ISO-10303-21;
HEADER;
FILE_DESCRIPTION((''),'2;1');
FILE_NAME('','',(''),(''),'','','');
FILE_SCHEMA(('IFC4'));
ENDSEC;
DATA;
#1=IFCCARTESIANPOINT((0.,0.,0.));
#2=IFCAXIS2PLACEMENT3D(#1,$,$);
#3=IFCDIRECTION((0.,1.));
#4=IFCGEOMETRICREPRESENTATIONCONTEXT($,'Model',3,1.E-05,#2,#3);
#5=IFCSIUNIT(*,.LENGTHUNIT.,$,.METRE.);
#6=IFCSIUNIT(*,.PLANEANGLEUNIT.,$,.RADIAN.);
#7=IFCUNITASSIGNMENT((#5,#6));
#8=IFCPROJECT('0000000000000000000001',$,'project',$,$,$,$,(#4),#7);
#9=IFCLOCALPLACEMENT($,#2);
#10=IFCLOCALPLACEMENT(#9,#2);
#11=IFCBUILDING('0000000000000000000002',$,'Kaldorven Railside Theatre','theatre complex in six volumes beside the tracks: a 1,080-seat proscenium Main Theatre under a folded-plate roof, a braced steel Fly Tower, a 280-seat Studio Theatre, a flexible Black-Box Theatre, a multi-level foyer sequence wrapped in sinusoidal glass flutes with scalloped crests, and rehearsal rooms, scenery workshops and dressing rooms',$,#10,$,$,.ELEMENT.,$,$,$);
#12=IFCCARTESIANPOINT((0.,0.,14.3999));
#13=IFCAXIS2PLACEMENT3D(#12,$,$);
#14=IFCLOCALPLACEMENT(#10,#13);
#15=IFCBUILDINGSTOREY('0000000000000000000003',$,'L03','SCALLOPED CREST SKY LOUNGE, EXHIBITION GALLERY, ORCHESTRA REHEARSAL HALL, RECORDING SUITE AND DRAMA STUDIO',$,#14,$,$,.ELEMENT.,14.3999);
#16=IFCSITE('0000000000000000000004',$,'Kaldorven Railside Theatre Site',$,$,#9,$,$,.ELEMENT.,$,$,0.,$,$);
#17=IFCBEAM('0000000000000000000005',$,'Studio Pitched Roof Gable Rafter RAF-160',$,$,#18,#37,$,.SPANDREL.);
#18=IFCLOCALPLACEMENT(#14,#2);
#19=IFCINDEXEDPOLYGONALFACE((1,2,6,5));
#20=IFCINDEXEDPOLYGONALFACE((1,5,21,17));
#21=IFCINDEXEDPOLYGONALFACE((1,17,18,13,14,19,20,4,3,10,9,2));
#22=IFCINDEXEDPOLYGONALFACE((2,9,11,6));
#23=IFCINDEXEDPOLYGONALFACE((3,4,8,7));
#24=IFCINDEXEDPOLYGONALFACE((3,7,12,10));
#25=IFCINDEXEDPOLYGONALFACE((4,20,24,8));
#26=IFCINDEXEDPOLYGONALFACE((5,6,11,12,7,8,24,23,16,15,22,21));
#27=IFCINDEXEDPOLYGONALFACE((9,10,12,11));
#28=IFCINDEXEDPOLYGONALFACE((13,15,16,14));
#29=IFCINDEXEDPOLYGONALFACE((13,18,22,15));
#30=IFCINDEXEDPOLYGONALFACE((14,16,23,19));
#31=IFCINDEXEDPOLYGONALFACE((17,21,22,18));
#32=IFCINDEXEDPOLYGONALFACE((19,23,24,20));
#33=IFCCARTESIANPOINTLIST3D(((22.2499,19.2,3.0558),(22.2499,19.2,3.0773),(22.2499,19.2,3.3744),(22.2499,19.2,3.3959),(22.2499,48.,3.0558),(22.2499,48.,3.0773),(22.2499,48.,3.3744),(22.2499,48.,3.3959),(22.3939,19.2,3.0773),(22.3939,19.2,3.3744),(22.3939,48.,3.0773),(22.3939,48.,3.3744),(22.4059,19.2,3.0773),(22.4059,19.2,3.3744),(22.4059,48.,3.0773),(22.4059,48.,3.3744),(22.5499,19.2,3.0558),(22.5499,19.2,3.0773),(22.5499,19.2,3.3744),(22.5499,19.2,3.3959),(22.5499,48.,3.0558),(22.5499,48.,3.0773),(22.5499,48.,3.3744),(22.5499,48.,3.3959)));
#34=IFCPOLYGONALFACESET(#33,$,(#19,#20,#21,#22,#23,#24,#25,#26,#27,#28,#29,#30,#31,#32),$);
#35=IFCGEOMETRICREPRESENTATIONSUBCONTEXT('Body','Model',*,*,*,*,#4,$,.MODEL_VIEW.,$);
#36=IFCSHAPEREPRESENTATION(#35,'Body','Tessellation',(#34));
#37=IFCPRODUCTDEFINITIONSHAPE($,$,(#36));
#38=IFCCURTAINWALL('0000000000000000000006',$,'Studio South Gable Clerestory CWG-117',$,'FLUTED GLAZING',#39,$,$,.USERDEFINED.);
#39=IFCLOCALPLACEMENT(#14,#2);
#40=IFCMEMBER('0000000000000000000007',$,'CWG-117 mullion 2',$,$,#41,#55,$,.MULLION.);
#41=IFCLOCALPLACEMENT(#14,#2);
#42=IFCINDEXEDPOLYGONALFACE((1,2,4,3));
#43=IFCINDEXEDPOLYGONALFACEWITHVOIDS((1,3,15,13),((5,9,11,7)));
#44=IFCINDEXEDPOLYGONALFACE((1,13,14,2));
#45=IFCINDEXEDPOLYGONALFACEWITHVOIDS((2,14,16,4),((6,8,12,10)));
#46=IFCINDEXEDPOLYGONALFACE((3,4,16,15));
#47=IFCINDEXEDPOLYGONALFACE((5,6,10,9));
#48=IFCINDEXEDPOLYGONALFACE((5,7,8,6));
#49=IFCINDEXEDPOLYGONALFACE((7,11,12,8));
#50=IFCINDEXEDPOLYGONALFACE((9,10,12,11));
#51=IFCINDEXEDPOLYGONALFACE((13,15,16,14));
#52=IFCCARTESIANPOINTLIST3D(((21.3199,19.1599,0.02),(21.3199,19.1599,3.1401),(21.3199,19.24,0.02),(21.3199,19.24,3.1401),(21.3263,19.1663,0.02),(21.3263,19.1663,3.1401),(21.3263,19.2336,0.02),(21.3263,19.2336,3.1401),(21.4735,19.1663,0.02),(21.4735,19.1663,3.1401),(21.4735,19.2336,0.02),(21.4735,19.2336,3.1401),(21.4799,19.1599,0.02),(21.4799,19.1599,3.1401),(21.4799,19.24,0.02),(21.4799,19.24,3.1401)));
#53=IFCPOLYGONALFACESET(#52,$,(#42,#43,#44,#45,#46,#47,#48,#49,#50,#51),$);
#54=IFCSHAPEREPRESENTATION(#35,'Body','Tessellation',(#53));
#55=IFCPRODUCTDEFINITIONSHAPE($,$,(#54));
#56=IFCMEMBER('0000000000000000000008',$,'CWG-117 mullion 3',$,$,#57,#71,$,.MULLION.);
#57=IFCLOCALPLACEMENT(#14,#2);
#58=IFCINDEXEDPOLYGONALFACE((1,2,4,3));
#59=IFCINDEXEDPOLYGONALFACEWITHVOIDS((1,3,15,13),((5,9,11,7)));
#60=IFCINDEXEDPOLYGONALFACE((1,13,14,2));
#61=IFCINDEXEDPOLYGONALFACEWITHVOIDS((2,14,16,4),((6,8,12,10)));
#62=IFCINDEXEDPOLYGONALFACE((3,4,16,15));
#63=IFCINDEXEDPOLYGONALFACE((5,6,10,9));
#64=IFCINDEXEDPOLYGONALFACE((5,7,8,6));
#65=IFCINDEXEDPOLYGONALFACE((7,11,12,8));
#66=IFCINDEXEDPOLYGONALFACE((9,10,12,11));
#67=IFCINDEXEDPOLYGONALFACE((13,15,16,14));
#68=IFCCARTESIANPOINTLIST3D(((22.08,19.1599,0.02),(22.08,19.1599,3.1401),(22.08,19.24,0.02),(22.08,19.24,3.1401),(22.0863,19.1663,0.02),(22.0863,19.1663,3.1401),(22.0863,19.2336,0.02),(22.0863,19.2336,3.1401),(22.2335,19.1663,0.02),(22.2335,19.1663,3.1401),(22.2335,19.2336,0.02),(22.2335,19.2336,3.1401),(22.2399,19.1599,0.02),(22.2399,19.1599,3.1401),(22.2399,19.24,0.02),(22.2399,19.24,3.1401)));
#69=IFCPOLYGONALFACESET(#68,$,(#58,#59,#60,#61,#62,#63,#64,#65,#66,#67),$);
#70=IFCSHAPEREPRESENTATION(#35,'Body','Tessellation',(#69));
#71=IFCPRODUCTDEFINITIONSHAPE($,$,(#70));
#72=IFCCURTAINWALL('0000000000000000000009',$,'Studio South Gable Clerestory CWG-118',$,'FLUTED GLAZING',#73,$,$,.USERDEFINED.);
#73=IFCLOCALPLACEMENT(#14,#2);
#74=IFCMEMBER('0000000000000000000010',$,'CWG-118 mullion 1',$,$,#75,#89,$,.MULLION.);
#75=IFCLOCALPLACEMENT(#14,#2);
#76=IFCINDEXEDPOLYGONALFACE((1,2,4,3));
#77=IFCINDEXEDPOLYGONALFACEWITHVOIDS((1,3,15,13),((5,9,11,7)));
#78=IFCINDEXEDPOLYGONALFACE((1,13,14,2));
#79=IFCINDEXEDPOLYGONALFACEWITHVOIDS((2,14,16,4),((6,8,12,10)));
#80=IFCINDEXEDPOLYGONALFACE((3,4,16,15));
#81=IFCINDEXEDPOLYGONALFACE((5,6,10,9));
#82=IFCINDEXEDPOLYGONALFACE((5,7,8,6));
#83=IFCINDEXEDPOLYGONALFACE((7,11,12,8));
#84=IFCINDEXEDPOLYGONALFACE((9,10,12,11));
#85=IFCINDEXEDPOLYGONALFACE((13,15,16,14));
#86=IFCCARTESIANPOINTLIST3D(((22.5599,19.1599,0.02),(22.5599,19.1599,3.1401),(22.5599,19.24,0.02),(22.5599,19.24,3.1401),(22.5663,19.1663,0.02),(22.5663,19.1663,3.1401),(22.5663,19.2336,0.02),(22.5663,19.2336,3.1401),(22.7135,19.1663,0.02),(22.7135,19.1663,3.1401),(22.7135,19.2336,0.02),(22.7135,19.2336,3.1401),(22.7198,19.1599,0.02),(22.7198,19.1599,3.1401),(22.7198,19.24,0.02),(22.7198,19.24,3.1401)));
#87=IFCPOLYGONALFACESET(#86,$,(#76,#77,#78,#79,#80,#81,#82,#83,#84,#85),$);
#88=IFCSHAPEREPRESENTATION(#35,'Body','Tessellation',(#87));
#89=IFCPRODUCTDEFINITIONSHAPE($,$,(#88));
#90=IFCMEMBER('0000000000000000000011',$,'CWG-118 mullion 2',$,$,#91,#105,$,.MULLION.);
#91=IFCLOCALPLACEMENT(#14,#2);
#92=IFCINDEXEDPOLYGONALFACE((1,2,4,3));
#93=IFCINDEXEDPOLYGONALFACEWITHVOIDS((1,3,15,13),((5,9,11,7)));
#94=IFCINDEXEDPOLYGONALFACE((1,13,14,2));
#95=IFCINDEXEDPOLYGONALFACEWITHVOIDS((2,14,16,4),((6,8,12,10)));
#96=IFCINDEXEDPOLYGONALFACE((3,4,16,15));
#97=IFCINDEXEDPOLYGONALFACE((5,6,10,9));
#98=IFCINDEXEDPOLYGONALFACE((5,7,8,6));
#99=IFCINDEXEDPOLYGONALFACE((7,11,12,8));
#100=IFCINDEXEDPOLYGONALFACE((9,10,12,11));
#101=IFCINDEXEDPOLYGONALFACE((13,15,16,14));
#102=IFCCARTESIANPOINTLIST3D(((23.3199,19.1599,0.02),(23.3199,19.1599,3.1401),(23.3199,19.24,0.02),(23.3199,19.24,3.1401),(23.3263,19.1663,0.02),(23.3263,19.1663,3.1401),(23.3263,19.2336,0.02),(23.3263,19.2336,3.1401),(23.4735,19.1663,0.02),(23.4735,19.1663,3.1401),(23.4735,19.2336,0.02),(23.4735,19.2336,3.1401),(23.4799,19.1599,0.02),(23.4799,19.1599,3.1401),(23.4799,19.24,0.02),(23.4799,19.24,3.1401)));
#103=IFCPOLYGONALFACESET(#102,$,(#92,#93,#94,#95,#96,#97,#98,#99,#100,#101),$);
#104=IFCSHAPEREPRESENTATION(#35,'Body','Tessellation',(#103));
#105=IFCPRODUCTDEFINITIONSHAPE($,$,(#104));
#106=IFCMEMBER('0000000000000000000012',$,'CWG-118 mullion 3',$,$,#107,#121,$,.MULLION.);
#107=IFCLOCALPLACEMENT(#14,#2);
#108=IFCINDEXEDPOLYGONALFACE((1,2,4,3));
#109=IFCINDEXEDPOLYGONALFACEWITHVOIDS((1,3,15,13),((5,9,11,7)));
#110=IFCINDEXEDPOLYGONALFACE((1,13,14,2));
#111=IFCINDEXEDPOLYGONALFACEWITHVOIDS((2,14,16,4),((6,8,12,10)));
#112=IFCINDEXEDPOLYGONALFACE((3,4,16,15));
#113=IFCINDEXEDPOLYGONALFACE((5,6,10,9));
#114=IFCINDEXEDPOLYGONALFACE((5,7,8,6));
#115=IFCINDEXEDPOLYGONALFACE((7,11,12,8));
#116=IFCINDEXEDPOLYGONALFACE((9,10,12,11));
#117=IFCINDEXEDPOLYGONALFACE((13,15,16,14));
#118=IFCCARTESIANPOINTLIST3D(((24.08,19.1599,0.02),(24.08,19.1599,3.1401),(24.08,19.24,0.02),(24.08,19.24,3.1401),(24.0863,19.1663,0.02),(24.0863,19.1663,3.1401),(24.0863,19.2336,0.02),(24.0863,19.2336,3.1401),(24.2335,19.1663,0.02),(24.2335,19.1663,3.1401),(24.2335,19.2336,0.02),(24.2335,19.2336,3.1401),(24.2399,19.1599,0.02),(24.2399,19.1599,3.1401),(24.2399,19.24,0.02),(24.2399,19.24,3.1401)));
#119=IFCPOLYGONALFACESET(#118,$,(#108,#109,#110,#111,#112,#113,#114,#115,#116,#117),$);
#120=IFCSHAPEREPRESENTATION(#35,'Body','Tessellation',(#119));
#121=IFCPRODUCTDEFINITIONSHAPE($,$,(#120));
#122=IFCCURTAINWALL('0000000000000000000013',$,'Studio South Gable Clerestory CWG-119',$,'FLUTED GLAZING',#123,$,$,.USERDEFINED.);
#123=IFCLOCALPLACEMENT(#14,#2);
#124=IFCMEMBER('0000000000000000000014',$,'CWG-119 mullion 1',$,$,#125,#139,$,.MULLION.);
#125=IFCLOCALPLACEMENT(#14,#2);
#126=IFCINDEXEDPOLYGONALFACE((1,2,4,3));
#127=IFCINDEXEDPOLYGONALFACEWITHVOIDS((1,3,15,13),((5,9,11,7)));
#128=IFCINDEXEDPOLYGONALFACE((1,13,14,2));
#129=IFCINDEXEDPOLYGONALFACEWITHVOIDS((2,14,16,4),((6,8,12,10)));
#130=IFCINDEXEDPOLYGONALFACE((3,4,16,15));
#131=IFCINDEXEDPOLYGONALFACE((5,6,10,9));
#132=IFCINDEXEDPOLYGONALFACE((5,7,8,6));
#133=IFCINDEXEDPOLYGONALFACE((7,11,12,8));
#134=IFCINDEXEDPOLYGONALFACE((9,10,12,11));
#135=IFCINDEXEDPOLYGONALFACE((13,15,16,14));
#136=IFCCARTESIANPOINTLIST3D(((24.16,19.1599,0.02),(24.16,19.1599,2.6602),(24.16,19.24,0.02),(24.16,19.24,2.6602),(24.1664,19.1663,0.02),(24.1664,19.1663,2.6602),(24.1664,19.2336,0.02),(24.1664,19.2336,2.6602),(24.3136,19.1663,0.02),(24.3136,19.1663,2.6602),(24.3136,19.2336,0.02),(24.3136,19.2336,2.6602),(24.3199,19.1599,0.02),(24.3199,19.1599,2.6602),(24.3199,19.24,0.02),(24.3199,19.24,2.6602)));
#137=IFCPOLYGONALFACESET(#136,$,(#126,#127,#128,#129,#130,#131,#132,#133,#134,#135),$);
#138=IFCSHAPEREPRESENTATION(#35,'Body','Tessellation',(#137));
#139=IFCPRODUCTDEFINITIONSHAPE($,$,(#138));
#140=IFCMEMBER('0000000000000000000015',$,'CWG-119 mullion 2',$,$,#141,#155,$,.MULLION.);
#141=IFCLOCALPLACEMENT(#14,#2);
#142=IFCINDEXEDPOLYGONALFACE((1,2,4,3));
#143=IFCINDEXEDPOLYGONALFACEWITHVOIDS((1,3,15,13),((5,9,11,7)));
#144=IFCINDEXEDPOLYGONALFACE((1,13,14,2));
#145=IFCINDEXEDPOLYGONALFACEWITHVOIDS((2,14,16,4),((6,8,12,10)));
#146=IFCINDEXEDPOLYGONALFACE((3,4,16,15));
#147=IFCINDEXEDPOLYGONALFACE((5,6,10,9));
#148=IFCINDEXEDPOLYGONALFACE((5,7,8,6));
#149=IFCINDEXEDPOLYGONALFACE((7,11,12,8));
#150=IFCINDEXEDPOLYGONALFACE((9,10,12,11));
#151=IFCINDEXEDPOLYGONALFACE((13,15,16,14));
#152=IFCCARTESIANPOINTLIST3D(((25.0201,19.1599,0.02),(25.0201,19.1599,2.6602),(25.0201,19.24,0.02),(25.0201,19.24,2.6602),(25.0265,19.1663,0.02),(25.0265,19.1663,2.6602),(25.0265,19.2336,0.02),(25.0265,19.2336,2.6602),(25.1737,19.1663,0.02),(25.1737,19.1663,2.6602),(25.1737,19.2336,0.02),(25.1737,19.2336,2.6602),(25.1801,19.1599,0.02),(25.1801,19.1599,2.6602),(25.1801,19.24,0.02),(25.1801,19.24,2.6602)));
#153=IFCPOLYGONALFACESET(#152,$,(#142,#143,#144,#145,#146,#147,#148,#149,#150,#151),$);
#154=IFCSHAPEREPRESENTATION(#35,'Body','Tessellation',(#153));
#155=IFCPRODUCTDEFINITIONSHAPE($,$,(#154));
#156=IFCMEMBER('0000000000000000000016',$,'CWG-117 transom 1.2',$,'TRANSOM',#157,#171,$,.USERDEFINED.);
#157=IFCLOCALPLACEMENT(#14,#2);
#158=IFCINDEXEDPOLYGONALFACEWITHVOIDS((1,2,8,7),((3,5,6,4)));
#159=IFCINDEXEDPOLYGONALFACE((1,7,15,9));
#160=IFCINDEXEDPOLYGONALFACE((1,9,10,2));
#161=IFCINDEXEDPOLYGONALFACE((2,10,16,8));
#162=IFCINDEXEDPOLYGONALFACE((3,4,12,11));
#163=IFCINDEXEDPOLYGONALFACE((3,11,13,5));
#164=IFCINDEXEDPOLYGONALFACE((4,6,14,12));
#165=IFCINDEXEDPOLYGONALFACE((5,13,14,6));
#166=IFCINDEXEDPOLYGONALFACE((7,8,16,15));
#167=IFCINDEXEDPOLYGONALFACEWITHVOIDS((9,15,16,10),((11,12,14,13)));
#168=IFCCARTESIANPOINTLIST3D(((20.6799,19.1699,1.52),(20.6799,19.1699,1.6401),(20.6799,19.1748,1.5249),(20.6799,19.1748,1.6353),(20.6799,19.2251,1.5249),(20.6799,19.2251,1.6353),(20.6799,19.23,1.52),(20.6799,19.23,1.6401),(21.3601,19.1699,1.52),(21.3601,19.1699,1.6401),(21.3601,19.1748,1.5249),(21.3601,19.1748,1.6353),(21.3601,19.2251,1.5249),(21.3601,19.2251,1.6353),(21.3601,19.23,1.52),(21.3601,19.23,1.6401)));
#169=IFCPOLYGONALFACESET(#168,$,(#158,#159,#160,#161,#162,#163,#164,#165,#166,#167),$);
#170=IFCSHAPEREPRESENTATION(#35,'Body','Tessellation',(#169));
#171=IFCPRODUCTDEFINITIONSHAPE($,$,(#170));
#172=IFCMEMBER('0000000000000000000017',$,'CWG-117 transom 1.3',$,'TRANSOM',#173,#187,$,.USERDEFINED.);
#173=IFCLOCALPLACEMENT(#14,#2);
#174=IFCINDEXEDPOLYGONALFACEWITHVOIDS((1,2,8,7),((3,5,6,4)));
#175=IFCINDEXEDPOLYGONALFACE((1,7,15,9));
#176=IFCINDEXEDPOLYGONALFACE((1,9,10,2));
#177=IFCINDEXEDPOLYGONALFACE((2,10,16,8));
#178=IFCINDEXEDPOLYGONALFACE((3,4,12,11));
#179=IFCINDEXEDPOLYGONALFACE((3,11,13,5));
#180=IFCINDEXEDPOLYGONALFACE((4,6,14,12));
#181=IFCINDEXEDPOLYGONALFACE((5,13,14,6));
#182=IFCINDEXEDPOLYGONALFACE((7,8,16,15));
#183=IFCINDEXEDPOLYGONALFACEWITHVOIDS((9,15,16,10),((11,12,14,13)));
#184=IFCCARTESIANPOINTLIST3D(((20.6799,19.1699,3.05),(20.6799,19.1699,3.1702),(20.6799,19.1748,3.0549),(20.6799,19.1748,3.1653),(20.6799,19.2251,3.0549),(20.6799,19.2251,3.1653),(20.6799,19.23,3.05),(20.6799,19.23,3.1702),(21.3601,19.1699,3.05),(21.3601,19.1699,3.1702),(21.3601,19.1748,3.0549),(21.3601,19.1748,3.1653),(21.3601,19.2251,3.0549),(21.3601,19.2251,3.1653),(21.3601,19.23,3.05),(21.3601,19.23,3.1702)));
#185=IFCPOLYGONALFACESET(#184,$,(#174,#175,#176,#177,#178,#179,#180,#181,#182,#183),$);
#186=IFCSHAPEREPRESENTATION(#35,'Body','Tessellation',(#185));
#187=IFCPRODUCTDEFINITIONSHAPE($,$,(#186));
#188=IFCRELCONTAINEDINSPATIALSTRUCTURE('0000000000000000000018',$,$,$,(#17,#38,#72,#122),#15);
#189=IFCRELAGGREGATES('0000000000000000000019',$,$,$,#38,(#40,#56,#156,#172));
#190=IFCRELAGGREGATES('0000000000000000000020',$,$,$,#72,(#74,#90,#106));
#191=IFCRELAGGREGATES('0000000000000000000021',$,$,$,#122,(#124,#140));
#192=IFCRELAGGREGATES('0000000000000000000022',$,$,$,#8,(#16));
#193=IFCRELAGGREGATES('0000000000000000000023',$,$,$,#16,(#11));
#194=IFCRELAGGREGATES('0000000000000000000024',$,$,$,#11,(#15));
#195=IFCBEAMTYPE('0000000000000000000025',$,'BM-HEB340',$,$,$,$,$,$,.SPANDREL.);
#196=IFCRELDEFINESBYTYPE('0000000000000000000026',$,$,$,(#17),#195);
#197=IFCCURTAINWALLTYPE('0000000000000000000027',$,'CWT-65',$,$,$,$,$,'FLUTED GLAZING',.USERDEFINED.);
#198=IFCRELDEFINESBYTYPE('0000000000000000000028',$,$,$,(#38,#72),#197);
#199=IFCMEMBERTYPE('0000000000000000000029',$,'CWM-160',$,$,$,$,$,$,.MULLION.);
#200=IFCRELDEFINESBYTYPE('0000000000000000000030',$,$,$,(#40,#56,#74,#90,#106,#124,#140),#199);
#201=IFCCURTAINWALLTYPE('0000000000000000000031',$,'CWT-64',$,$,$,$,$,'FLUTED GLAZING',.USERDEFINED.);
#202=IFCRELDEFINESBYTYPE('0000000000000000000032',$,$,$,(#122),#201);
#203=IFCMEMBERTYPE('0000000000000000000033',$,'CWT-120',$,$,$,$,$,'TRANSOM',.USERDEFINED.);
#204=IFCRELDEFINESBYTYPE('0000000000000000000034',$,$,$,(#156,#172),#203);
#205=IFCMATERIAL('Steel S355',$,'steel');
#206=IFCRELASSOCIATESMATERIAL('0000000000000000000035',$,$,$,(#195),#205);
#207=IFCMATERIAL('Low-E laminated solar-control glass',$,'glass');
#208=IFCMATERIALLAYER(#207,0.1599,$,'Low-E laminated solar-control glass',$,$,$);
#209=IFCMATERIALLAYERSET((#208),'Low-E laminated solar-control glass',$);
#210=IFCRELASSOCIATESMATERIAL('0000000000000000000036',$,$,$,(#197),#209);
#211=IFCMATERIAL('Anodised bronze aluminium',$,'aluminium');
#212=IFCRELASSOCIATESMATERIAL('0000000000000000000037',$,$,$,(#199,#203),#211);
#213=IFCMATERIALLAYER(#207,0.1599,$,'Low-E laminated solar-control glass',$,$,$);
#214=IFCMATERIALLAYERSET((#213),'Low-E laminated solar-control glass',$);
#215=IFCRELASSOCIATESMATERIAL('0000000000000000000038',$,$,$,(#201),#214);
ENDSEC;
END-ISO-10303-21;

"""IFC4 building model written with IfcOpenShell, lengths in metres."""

from ifc_helpers import new_model, si_unit, direction, frame, origin, origin_2d, place, context, subcontext, project, spatial, hollow_rectangle, i_section, extrude, material, layer, layer_set, material_profile, profile_set, type_object, element, aggregate, save


model = new_model("IFC4")

# Units and contexts
model_context = context("Model", 3, precision=1e-05, world=origin(), true_north=direction((0.0, 1.0)))
body_context = subcontext(model_context, "Body", "Model", "MODEL_VIEW")
ifc_project = project(units=[si_unit("LENGTHUNIT", "METRE"), si_unit("PLANEANGLEUNIT", "RADIAN")], contexts=[model_context])

# Site, building, storey
site_placement = place(None, origin())
site = spatial("IfcSite", under=ifc_project, at=site_placement, Name="Kaldorven Railside Theatre Site", CompositionType="ELEMENT", RefElevation=0.0)
building_placement = place(site_placement, origin())
building = spatial("IfcBuilding", under=site, at=building_placement, Name="Kaldorven Railside Theatre", Description="theatre complex in six volumes beside the tracks: a 1,080-seat proscenium Main Theatre under a folded-plate roof, a braced steel Fly Tower, a 280-seat Studio Theatre, a flexible Black-Box Theatre, a multi-level foyer sequence wrapped in sinusoidal glass flutes with scalloped crests, and rehearsal rooms, scenery workshops and dressing rooms", CompositionType="ELEMENT")
storey_placement = place(building_placement, frame((0.0, 0.0, 14.3999)))
storey = spatial("IfcBuildingStorey", under=building, at=storey_placement, Name="L03", Description="SCALLOPED CREST SKY LOUNGE, EXHIBITION GALLERY, ORCHESTRA REHEARSAL HALL, RECORDING SUITE AND DRAMA STUDIO", CompositionType="ELEMENT", Elevation=14.3999)

# Beam
ifc_material_1 = material(Name="Steel S355", Category="steel")
ifc_material_profile_1 = material_profile(ifc_material_1, i_section(OverallWidth=0.3, OverallDepth=0.3401, WebThickness=0.012, FlangeThickness=0.0215, at=origin_2d()), Name="HEB 340")
ifc_profile_set_1 = profile_set([ifc_material_profile_1], Name="Steel S355")
beam_type = type_object("IfcBeamType", Name="BM-HEB340", PredefinedType="SPANDREL", material=ifc_profile_set_1)
beam_placement = place(storey_placement, frame((22.3999, 19.2, 3.2258), z_axis=(0.0, 1.0, 0.0), x_axis=(-1.0, 0.0, 0.0)))
element("IfcBeam", 1, at=beam_placement, inside=storey, type_object=beam_type, Name="Studio Pitched Roof Gable Rafter RAF-160", PredefinedType="SPANDREL", context=body_context, shape_type="SweptSolid", body=[
    extrude(i_section(OverallWidth=0.3, OverallDepth=0.3401, WebThickness=0.012, FlangeThickness=0.0215, at=origin_2d()), origin(), (0.0, 0.0, 1.0), 28.8),
])

# Curtain walls, members
ifc_material_2 = material(Name="Low-E laminated solar-control glass", Category="glass")
ifc_layer_1 = layer(ifc_material_2, 0.1599, Name="Low-E laminated solar-control glass")
ifc_layer_set_1 = layer_set([ifc_layer_1], Name="Low-E laminated solar-control glass")
curtain_wall_type_1 = type_object("IfcCurtainWallType", Name="CWT-65", ElementType="FLUTED GLAZING", PredefinedType="USERDEFINED", material=ifc_layer_set_1)
curtain_wall_1_placement = place(storey_placement, origin())
curtain_wall_1 = element("IfcCurtainWall", 2, at=curtain_wall_1_placement, inside=storey, type_object=curtain_wall_type_1, Name="Studio South Gable Clerestory CWG-117", ObjectType="FLUTED GLAZING", PredefinedType="USERDEFINED")
ifc_material_3 = material(Name="Anodised bronze aluminium", Category="aluminium")
ifc_material_profile_2 = material_profile(ifc_material_3, hollow_rectangle(XDim=0.0801, YDim=0.1599, WallThickness=0.0063, at=origin_2d()), Name="RHS 160x80x6.3")
ifc_profile_set_2 = profile_set([ifc_material_profile_2], Name="Anodised bronze aluminium")
member_type_1 = type_object("IfcMemberType", Name="CWM-160", PredefinedType="MULLION", material=ifc_profile_set_2)
member_1_placement = place(storey_placement, frame((21.3999, 19.2, 0.02), z_axis=(0.0, 0.0, 1.0), x_axis=(0.0, 1.0, 0.0)))
member_1 = element("IfcMember", 3, at=member_1_placement, type_object=member_type_1, Name="CWG-117 mullion 2", PredefinedType="MULLION", context=body_context, shape_type="SweptSolid", body=[
    extrude(hollow_rectangle(XDim=0.0801, YDim=0.1599, WallThickness=0.0063, at=origin_2d()), origin(), (0.0, 0.0, 1.0), 3.1201),
])
member_2_placement = place(storey_placement, frame((22.1599, 19.2, 0.02), z_axis=(0.0, 0.0, 1.0), x_axis=(0.0, 1.0, 0.0)))
member_2 = element("IfcMember", 4, at=member_2_placement, type_object=member_type_1, Name="CWG-117 mullion 3", PredefinedType="MULLION", context=body_context, shape_type="SweptSolid", body=[
    extrude(hollow_rectangle(XDim=0.0801, YDim=0.1599, WallThickness=0.0063, at=origin_2d()), origin(), (0.0, 0.0, 1.0), 3.1201),
])
curtain_wall_2_placement = place(storey_placement, origin())
curtain_wall_2 = element("IfcCurtainWall", 5, at=curtain_wall_2_placement, inside=storey, type_object=curtain_wall_type_1, Name="Studio South Gable Clerestory CWG-118", ObjectType="FLUTED GLAZING", PredefinedType="USERDEFINED")
member_3_placement = place(storey_placement, frame((22.6399, 19.2, 0.02), z_axis=(0.0, 0.0, 1.0), x_axis=(0.0, 1.0, 0.0)))
member_3 = element("IfcMember", 6, at=member_3_placement, type_object=member_type_1, Name="CWG-118 mullion 1", PredefinedType="MULLION", context=body_context, shape_type="SweptSolid", body=[
    extrude(hollow_rectangle(XDim=0.0801, YDim=0.1599, WallThickness=0.0063, at=origin_2d()), origin(), (0.0, 0.0, 1.0), 3.1201),
])
member_4_placement = place(storey_placement, frame((23.3999, 19.2, 0.02), z_axis=(0.0, 0.0, 1.0), x_axis=(0.0, 1.0, 0.0)))
member_4 = element("IfcMember", 7, at=member_4_placement, type_object=member_type_1, Name="CWG-118 mullion 2", PredefinedType="MULLION", context=body_context, shape_type="SweptSolid", body=[
    extrude(hollow_rectangle(XDim=0.0801, YDim=0.1599, WallThickness=0.0063, at=origin_2d()), origin(), (0.0, 0.0, 1.0), 3.1201),
])
member_5_placement = place(storey_placement, frame((24.1599, 19.2, 0.02), z_axis=(0.0, 0.0, 1.0), x_axis=(0.0, 1.0, 0.0)))
member_5 = element("IfcMember", 8, at=member_5_placement, type_object=member_type_1, Name="CWG-118 mullion 3", PredefinedType="MULLION", context=body_context, shape_type="SweptSolid", body=[
    extrude(hollow_rectangle(XDim=0.0801, YDim=0.1599, WallThickness=0.0063, at=origin_2d()), origin(), (0.0, 0.0, 1.0), 3.1201),
])
ifc_layer_2 = layer(ifc_material_2, 0.1599, Name="Low-E laminated solar-control glass")
ifc_layer_set_2 = layer_set([ifc_layer_2], Name="Low-E laminated solar-control glass")
curtain_wall_type_2 = type_object("IfcCurtainWallType", Name="CWT-64", ElementType="FLUTED GLAZING", PredefinedType="USERDEFINED", material=ifc_layer_set_2)
curtain_wall_3_placement = place(storey_placement, origin())
curtain_wall_3 = element("IfcCurtainWall", 9, at=curtain_wall_3_placement, inside=storey, type_object=curtain_wall_type_2, Name="Studio South Gable Clerestory CWG-119", ObjectType="FLUTED GLAZING", PredefinedType="USERDEFINED")
member_6_placement = place(storey_placement, frame((24.24, 19.2, 0.02), z_axis=(0.0, 0.0, 1.0), x_axis=(0.0, 1.0, 0.0)))
member_6 = element("IfcMember", 10, at=member_6_placement, type_object=member_type_1, Name="CWG-119 mullion 1", PredefinedType="MULLION", context=body_context, shape_type="SweptSolid", body=[
    extrude(hollow_rectangle(XDim=0.0801, YDim=0.1599, WallThickness=0.0063, at=origin_2d()), origin(), (0.0, 0.0, 1.0), 2.6401),
])
member_7_placement = place(storey_placement, frame((25.1001, 19.2, 0.02), z_axis=(0.0, 0.0, 1.0), x_axis=(0.0, 1.0, 0.0)))
member_7 = element("IfcMember", 11, at=member_7_placement, type_object=member_type_1, Name="CWG-119 mullion 2", PredefinedType="MULLION", context=body_context, shape_type="SweptSolid", body=[
    extrude(hollow_rectangle(XDim=0.0801, YDim=0.1599, WallThickness=0.0063, at=origin_2d()), origin(), (0.0, 0.0, 1.0), 2.6401),
])

# Members
ifc_material_profile_3 = material_profile(ifc_material_3, hollow_rectangle(XDim=0.0601, YDim=0.1201, WallThickness=0.0049, at=origin_2d()), Name="RHS 120x60x5")
ifc_profile_set_3 = profile_set([ifc_material_profile_3], Name="Anodised bronze aluminium")
member_type_2 = type_object("IfcMemberType", Name="CWT-120", ElementType="TRANSOM", PredefinedType="USERDEFINED", material=ifc_profile_set_3)
member_8_placement = place(storey_placement, frame((20.6799, 19.2, 1.5801), z_axis=(1.0, 0.0, 0.0), x_axis=(0.0, 1.0, 0.0)))
member_8 = element("IfcMember", 12, at=member_8_placement, type_object=member_type_2, Name="CWG-117 transom 1.2", ObjectType="TRANSOM", PredefinedType="USERDEFINED", context=body_context, shape_type="SweptSolid", body=[
    extrude(hollow_rectangle(XDim=0.0601, YDim=0.1201, WallThickness=0.0049, at=origin_2d()), origin(), (0.0, 0.0, 1.0), 0.6802),
])
member_9_placement = place(storey_placement, frame((20.6799, 19.2, 3.1101), z_axis=(1.0, 0.0, 0.0), x_axis=(0.0, 1.0, 0.0)))
member_9 = element("IfcMember", 13, at=member_9_placement, type_object=member_type_2, Name="CWG-117 transom 1.3", ObjectType="TRANSOM", PredefinedType="USERDEFINED", context=body_context, shape_type="SweptSolid", body=[
    extrude(hollow_rectangle(XDim=0.0601, YDim=0.1201, WallThickness=0.0049, at=origin_2d()), origin(), (0.0, 0.0, 1.0), 0.6802),
])

aggregate(curtain_wall_1, [member_1, member_2, member_8, member_9])
aggregate(curtain_wall_2, [member_3, member_4, member_5])
aggregate(curtain_wall_3, [member_6, member_7])

save(model, "model.ifc")
